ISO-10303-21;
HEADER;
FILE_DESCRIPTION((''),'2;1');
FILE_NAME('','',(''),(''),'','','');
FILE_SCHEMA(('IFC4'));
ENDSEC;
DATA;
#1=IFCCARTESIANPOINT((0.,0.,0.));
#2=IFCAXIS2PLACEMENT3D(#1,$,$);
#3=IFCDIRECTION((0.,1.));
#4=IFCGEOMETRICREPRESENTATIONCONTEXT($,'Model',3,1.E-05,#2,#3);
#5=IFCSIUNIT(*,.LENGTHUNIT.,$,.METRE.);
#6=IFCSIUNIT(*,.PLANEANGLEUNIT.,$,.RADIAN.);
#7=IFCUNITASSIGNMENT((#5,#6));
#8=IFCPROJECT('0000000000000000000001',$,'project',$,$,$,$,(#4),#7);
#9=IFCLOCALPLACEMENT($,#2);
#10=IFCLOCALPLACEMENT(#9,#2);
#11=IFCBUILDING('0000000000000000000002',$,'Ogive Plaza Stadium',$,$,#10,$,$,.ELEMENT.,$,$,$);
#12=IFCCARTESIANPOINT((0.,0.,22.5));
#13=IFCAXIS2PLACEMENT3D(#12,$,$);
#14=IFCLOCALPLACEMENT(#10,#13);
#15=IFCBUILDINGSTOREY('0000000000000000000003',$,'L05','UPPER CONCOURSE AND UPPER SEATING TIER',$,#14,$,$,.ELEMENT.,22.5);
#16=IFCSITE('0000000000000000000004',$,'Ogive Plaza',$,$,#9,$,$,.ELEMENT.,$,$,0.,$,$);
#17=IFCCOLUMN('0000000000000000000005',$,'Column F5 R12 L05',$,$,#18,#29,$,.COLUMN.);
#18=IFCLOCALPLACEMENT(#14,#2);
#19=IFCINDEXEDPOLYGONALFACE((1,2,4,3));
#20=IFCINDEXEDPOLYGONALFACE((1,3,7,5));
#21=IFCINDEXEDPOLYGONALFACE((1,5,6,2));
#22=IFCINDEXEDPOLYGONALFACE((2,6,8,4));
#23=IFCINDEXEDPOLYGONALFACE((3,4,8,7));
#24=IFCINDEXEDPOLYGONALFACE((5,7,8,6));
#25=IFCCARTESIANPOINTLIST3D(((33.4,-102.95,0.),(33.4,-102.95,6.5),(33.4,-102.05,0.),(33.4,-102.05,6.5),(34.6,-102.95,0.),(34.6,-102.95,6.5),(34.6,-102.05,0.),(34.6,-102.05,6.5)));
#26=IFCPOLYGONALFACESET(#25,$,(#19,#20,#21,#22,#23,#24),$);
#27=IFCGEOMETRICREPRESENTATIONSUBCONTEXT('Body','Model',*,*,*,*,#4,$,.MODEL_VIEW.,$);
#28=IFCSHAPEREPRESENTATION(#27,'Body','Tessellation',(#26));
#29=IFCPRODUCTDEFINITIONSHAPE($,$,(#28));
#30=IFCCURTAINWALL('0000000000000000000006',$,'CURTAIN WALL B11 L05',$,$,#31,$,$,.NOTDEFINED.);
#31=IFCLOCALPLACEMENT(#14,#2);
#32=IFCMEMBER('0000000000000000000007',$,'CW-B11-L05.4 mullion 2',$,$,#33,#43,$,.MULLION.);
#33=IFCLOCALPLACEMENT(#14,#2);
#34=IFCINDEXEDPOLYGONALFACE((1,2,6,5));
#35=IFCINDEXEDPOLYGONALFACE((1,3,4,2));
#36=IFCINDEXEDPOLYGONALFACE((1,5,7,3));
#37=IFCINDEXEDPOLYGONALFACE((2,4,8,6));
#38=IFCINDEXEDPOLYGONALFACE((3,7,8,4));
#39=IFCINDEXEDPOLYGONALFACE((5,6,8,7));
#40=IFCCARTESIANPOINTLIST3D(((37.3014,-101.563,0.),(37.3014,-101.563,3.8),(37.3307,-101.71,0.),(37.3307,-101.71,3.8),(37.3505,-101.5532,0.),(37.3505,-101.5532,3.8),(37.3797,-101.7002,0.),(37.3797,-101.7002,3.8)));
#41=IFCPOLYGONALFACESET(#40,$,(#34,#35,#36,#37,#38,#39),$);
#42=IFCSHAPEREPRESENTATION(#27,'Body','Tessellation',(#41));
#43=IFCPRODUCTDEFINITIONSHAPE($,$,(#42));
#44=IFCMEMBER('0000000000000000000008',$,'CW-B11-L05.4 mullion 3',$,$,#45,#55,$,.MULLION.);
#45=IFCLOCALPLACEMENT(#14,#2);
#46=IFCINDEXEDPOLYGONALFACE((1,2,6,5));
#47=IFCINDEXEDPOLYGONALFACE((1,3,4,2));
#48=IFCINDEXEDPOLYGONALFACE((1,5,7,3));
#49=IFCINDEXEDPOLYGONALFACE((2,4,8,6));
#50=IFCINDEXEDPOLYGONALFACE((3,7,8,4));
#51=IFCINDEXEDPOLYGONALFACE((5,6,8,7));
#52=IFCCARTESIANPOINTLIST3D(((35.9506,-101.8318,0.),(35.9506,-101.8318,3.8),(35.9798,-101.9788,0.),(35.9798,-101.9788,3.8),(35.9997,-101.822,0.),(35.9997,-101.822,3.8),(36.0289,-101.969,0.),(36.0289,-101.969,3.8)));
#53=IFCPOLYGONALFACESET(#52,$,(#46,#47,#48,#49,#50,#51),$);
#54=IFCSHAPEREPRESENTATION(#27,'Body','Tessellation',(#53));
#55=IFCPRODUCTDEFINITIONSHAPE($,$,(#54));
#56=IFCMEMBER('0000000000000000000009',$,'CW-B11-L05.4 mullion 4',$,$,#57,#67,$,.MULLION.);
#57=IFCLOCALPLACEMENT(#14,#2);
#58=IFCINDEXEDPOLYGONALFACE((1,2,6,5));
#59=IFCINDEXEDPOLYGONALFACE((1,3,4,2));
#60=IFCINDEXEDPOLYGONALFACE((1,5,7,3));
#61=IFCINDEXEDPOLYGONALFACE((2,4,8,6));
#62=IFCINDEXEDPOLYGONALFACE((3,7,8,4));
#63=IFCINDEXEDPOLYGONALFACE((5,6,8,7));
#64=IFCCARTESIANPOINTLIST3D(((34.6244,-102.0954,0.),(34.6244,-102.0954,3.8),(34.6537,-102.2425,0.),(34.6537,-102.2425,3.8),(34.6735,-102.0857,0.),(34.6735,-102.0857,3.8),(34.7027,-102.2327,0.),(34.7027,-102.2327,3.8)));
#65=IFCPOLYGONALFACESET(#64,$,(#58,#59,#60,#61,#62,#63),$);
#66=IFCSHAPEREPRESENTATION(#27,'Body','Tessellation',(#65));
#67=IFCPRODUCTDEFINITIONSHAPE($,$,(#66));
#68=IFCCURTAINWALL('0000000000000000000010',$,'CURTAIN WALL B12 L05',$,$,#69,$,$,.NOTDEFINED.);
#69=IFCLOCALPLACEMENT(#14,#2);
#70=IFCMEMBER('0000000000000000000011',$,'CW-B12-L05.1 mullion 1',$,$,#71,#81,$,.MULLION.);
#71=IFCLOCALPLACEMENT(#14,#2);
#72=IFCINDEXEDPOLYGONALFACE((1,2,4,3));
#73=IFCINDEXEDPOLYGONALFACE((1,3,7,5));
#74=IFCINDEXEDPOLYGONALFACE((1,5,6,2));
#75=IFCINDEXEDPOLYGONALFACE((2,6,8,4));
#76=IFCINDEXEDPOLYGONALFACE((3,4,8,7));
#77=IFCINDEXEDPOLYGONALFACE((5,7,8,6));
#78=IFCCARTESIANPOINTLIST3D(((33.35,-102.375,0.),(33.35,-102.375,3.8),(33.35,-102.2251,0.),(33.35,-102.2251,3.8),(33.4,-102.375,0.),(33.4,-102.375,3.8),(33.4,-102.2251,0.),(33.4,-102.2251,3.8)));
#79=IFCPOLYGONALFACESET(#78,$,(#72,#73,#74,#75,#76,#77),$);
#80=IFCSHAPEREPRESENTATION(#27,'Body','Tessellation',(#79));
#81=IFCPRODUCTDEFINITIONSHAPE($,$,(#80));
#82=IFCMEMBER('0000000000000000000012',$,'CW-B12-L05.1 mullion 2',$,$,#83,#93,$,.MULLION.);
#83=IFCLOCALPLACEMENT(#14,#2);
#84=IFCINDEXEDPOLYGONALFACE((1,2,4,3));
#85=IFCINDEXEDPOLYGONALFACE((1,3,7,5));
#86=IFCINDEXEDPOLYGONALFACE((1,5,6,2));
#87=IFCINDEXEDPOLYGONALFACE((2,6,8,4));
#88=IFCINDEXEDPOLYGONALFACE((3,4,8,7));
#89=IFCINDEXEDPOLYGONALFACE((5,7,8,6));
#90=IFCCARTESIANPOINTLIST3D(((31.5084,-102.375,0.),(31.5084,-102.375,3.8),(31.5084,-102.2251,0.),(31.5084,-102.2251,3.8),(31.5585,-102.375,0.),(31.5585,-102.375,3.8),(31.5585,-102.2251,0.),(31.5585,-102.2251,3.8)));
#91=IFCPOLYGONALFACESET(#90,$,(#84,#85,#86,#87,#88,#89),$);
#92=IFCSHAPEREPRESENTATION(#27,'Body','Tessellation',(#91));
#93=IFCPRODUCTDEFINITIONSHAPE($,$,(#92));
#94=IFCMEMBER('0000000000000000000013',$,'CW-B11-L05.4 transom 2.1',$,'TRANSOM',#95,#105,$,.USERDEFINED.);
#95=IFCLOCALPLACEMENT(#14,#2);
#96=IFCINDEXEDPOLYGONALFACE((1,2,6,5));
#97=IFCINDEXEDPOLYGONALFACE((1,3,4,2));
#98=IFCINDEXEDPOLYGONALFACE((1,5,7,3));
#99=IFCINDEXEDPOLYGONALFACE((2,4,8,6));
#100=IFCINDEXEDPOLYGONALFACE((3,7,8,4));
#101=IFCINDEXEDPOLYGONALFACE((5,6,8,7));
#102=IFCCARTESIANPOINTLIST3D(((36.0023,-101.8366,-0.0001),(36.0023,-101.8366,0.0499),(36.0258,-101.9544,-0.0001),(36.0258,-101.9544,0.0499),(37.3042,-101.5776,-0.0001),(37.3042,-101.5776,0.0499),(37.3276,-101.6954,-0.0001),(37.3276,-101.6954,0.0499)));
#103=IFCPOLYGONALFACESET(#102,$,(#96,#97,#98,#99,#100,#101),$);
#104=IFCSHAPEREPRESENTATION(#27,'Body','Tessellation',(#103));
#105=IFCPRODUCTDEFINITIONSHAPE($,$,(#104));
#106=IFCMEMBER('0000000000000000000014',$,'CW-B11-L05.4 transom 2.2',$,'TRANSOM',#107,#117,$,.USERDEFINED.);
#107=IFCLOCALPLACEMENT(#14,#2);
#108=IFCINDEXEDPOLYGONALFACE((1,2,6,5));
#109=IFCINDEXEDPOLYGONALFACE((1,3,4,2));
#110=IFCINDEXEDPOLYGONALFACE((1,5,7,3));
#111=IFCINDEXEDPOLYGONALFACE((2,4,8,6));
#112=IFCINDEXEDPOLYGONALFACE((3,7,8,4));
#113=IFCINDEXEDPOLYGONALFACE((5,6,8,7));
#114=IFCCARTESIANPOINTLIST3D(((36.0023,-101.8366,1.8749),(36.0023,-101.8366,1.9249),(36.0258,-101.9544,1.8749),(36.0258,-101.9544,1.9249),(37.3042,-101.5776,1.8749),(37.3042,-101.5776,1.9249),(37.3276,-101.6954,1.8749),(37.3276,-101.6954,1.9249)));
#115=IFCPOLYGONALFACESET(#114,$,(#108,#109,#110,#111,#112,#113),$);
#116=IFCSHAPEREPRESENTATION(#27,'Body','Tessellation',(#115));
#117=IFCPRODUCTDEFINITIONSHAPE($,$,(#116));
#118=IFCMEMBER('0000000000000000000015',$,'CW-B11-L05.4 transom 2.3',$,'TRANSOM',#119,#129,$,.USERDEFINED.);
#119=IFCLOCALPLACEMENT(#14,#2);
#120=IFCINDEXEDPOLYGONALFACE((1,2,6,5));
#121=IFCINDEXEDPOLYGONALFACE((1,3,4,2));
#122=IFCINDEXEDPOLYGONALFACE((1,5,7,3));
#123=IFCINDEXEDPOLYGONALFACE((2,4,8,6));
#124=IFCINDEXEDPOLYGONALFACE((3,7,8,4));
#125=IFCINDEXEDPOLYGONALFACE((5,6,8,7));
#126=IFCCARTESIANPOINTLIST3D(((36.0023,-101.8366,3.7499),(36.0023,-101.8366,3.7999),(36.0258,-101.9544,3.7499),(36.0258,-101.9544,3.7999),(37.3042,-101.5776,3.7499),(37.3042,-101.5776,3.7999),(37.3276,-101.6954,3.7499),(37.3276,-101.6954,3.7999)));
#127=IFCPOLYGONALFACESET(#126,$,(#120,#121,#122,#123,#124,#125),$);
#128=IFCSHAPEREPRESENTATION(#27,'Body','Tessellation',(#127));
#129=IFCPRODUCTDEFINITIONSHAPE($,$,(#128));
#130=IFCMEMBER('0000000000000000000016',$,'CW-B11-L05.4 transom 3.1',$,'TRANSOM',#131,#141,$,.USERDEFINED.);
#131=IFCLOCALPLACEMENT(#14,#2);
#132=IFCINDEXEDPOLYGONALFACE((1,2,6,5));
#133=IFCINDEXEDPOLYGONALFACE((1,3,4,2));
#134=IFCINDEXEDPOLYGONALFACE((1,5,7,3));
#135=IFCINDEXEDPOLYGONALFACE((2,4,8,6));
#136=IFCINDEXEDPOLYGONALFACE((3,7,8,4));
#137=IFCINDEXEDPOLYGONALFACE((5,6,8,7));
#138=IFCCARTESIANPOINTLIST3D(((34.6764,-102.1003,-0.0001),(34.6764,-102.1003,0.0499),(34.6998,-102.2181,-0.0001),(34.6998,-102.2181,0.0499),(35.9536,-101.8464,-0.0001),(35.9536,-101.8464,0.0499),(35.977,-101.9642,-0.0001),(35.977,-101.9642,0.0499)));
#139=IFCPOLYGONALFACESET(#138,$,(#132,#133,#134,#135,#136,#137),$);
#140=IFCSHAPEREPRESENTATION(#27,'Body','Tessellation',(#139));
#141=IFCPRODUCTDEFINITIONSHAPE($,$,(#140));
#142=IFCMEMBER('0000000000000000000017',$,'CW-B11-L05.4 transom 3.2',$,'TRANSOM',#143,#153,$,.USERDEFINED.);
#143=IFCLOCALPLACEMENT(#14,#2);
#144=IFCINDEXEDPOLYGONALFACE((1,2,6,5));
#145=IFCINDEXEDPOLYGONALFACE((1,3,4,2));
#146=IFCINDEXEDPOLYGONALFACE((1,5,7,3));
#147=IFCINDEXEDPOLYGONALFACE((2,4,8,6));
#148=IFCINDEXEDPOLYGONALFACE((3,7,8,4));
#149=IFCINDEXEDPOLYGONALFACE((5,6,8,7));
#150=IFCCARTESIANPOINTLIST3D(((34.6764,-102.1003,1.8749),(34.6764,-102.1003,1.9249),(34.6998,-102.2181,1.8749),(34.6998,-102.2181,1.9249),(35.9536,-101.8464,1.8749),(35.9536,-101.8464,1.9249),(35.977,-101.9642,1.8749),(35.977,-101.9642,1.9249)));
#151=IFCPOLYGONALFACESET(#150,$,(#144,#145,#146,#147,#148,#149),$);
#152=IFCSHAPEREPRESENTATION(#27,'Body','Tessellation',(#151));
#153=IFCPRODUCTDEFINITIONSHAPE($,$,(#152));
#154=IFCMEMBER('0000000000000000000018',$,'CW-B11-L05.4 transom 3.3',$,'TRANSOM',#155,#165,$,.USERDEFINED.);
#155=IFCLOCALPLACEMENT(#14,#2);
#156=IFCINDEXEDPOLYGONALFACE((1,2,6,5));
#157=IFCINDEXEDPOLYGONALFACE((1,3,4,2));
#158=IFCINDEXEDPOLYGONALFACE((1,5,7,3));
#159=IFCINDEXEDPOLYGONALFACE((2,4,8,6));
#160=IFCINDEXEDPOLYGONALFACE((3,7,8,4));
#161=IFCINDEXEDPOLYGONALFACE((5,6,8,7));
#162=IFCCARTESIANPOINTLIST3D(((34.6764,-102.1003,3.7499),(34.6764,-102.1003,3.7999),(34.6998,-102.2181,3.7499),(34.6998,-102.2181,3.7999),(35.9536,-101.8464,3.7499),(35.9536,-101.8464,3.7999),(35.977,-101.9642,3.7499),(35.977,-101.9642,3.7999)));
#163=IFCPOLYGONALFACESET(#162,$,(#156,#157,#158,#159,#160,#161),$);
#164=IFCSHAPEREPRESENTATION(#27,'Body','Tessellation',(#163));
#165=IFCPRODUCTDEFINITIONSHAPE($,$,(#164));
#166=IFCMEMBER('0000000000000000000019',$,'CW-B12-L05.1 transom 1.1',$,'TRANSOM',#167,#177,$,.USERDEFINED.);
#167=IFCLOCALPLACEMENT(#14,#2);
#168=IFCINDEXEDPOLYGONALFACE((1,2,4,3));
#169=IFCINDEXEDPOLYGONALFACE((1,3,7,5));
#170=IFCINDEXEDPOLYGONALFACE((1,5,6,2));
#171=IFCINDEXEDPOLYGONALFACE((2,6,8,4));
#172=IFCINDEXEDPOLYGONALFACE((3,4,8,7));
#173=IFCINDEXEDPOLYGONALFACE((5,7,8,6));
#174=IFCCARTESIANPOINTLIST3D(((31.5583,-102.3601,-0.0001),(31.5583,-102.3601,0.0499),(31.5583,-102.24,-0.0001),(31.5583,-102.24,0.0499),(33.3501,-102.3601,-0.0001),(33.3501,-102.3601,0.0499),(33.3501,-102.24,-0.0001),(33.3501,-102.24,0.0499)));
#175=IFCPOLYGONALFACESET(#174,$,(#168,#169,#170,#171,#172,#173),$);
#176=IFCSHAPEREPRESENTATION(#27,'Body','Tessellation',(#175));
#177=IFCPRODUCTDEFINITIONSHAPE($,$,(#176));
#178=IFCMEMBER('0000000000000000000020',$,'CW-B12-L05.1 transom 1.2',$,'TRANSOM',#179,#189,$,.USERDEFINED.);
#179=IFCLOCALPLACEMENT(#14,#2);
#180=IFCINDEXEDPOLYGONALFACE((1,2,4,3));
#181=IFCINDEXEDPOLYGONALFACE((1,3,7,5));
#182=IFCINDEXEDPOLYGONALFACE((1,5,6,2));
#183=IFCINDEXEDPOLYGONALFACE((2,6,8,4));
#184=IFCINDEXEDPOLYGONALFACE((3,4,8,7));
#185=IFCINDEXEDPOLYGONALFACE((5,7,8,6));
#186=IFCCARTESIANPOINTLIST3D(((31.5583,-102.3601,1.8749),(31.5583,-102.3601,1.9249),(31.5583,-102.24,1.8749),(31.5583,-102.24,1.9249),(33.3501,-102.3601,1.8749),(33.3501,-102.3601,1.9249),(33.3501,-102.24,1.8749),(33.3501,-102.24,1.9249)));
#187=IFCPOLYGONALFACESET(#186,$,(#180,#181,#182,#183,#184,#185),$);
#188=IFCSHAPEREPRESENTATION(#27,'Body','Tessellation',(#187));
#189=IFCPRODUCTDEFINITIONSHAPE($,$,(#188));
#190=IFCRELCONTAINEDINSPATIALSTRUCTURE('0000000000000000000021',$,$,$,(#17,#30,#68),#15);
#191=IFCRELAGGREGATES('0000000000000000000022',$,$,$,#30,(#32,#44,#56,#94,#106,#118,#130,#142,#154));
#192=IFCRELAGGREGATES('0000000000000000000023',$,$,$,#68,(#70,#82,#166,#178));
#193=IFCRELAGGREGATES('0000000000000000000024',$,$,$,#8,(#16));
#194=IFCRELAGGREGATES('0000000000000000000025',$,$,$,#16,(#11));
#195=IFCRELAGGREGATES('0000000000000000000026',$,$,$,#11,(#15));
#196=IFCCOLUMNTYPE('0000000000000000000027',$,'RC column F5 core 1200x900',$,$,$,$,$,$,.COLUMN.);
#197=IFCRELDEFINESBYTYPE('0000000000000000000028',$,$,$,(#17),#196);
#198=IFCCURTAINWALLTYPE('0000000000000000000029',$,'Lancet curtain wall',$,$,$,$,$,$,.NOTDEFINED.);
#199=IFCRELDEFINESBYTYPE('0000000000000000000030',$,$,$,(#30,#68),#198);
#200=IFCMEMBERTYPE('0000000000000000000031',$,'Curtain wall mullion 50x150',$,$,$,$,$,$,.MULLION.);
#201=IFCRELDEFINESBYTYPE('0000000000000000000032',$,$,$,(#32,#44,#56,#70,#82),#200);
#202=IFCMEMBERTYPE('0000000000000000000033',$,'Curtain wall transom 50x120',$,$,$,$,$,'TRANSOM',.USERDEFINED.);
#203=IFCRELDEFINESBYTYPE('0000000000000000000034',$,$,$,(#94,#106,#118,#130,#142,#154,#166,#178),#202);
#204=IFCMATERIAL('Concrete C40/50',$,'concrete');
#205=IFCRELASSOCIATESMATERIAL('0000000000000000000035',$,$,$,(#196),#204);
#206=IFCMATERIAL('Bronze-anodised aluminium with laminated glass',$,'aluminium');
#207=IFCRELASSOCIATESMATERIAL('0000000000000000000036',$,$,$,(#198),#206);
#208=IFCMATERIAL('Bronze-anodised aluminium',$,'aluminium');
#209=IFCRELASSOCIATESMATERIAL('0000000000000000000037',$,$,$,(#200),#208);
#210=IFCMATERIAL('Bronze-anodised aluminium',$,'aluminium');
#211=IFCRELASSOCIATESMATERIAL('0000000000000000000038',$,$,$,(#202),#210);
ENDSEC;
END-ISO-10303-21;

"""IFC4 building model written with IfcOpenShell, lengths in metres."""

from ifc_helpers import new_model, si_unit, direction, frame, origin, origin_2d, place, context, subcontext, project, spatial, rectangle, extrude, material, material_profile, profile_set, type_object, element, aggregate, save


model = new_model("IFC4")

# Units and contexts
model_context = context("Model", 3, precision=1e-05, world=origin(), true_north=direction((0.0, 1.0)))
body_context = subcontext(model_context, "Body", "Model", "MODEL_VIEW")
ifc_project = project(units=[si_unit("LENGTHUNIT", "METRE"), si_unit("PLANEANGLEUNIT", "RADIAN")], contexts=[model_context])

# Site, building, storey
site_placement = place(None, origin())
site = spatial("IfcSite", under=ifc_project, at=site_placement, Name="Ogive Plaza", CompositionType="ELEMENT", RefElevation=0.0)
building_placement = place(site_placement, origin())
building = spatial("IfcBuilding", under=site, at=building_placement, Name="Ogive Plaza Stadium", CompositionType="ELEMENT")
storey_placement = place(building_placement, frame((0.0, 0.0, 22.5)))
storey = spatial("IfcBuildingStorey", under=building, at=storey_placement, Name="L05", Description="UPPER CONCOURSE AND UPPER SEATING TIER", CompositionType="ELEMENT", Elevation=22.5)

# Column
ifc_material_1 = material(Name="Concrete C40/50", Category="concrete")
ifc_material_profile_1 = material_profile(ifc_material_1, rectangle(XDim=1.2, YDim=0.8999, at=origin_2d()), Name="RC 1200x900")
ifc_profile_set_1 = profile_set([ifc_material_profile_1], Name="Concrete C40/50")
column_type = type_object("IfcColumnType", Name="RC column F5 core 1200x900", PredefinedType="COLUMN", material=ifc_profile_set_1)
column_placement = place(storey_placement, frame((34.0, -102.5, 0.0), z_axis=(0.0, 0.0, 1.0), x_axis=(1.0, 0.0, 0.0)))
element("IfcColumn", 1, at=column_placement, inside=storey, type_object=column_type, Name="Column F5 R12 L05", PredefinedType="COLUMN", context=body_context, shape_type="SweptSolid", body=[
    extrude(rectangle(XDim=1.2, YDim=0.8999, at=origin_2d()), origin(), (0.0, 0.0, 1.0), 6.5),
])

# Curtain walls, members
ifc_material_2 = material(Name="Bronze-anodised aluminium with laminated glass", Category="aluminium")
curtain_wall_type = type_object("IfcCurtainWallType", Name="Lancet curtain wall", PredefinedType="NOTDEFINED", material=ifc_material_2)
curtain_wall_1_placement = place(storey_placement, origin())
curtain_wall_1 = element("IfcCurtainWall", 2, at=curtain_wall_1_placement, inside=storey, type_object=curtain_wall_type, Name="CURTAIN WALL B11 L05", PredefinedType="NOTDEFINED")
ifc_material_3 = material(Name="Bronze-anodised aluminium", Category="aluminium")
ifc_material_profile_2 = material_profile(ifc_material_3, rectangle(XDim=0.1499, YDim=0.05, at=origin_2d()), Name="AL 150x50")
ifc_profile_set_2 = profile_set([ifc_material_profile_2], Name="Bronze-anodised aluminium")
member_type_1 = type_object("IfcMemberType", Name="Curtain wall mullion 50x150", PredefinedType="MULLION", material=ifc_profile_set_2)
member_1_placement = place(storey_placement, frame((37.3406, -101.6316, 0.0), z_axis=(0.0, 0.0, 1.0), x_axis=(0.19509, -0.980785, 0.0)))
member_1 = element("IfcMember", 3, at=member_1_placement, type_object=member_type_1, Name="CW-B11-L05.4 mullion 2", PredefinedType="MULLION", context=body_context, shape_type="SweptSolid", body=[
    extrude(rectangle(XDim=0.1499, YDim=0.05, at=origin_2d()), origin(), (0.0, 0.0, 1.0), 3.8),
])
member_2_placement = place(storey_placement, frame((35.9897, -101.9004, 0.0), z_axis=(0.0, 0.0, 1.0), x_axis=(0.19509, -0.980785, 0.0)))
member_2 = element("IfcMember", 4, at=member_2_placement, type_object=member_type_1, Name="CW-B11-L05.4 mullion 3", PredefinedType="MULLION", context=body_context, shape_type="SweptSolid", body=[
    extrude(rectangle(XDim=0.1499, YDim=0.05, at=origin_2d()), origin(), (0.0, 0.0, 1.0), 3.8),
])
member_3_placement = place(storey_placement, frame((34.6636, -102.1641, 0.0), z_axis=(0.0, 0.0, 1.0), x_axis=(0.19509, -0.980785, 0.0)))
member_3 = element("IfcMember", 5, at=member_3_placement, type_object=member_type_1, Name="CW-B11-L05.4 mullion 4", PredefinedType="MULLION", context=body_context, shape_type="SweptSolid", body=[
    extrude(rectangle(XDim=0.1499, YDim=0.05, at=origin_2d()), origin(), (0.0, 0.0, 1.0), 3.8),
])
curtain_wall_2_placement = place(storey_placement, origin())
curtain_wall_2 = element("IfcCurtainWall", 6, at=curtain_wall_2_placement, inside=storey, type_object=curtain_wall_type, Name="CURTAIN WALL B12 L05", PredefinedType="NOTDEFINED")
member_4_placement = place(storey_placement, frame((33.375, -102.3, 0.0), z_axis=(0.0, 0.0, 1.0), x_axis=(0.0, -1.0, 0.0)))
member_4 = element("IfcMember", 7, at=member_4_placement, type_object=member_type_1, Name="CW-B12-L05.1 mullion 1", PredefinedType="MULLION", context=body_context, shape_type="SweptSolid", body=[
    extrude(rectangle(XDim=0.1499, YDim=0.05, at=origin_2d()), origin(), (0.0, 0.0, 1.0), 3.8),
])
member_5_placement = place(storey_placement, frame((31.5334, -102.3, 0.0), z_axis=(0.0, 0.0, 1.0), x_axis=(0.0, -1.0, 0.0)))
member_5 = element("IfcMember", 8, at=member_5_placement, type_object=member_type_1, Name="CW-B12-L05.1 mullion 2", PredefinedType="MULLION", context=body_context, shape_type="SweptSolid", body=[
    extrude(rectangle(XDim=0.1499, YDim=0.05, at=origin_2d()), origin(), (0.0, 0.0, 1.0), 3.8),
])

# Members
ifc_material_4 = material(Name="Bronze-anodised aluminium", Category="aluminium")
ifc_material_profile_3 = material_profile(ifc_material_4, rectangle(XDim=0.1201, YDim=0.05, at=origin_2d()), Name="AL 120x50")
ifc_profile_set_3 = profile_set([ifc_material_profile_3], Name="Bronze-anodised aluminium")
member_type_2 = type_object("IfcMemberType", Name="Curtain wall transom 50x120", ElementType="TRANSOM", PredefinedType="USERDEFINED", material=ifc_profile_set_3)
member_6_placement = place(storey_placement, frame((37.3159, -101.6365, 0.0249), z_axis=(-0.980771, -0.195161, 0.0), x_axis=(0.195161, -0.980771, 0.0)))
member_6 = element("IfcMember", 9, at=member_6_placement, type_object=member_type_2, Name="CW-B11-L05.4 transom 2.1", ObjectType="TRANSOM", PredefinedType="USERDEFINED", context=body_context, shape_type="SweptSolid", body=[
    extrude(rectangle(XDim=0.1201, YDim=0.05, at=origin_2d()), origin(), (0.0, 0.0, 1.0), 1.3274),
])
member_7_placement = place(storey_placement, frame((37.3159, -101.6365, 1.8999), z_axis=(-0.980771, -0.195161, 0.0), x_axis=(0.195161, -0.980771, 0.0)))
member_7 = element("IfcMember", 10, at=member_7_placement, type_object=member_type_2, Name="CW-B11-L05.4 transom 2.2", ObjectType="TRANSOM", PredefinedType="USERDEFINED", context=body_context, shape_type="SweptSolid", body=[
    extrude(rectangle(XDim=0.1201, YDim=0.05, at=origin_2d()), origin(), (0.0, 0.0, 1.0), 1.3274),
])
member_8_placement = place(storey_placement, frame((37.3159, -101.6365, 3.7749), z_axis=(-0.980771, -0.195161, 0.0), x_axis=(0.195161, -0.980771, 0.0)))
member_8 = element("IfcMember", 11, at=member_8_placement, type_object=member_type_2, Name="CW-B11-L05.4 transom 2.3", ObjectType="TRANSOM", PredefinedType="USERDEFINED", context=body_context, shape_type="SweptSolid", body=[
    extrude(rectangle(XDim=0.1201, YDim=0.05, at=origin_2d()), origin(), (0.0, 0.0, 1.0), 1.3274),
])
member_9_placement = place(storey_placement, frame((35.9653, -101.9053, 0.0249), z_axis=(-0.980811, -0.194962, 0.0), x_axis=(0.194962, -0.980811, 0.0)))
member_9 = element("IfcMember", 12, at=member_9_placement, type_object=member_type_2, Name="CW-B11-L05.4 transom 3.1", ObjectType="TRANSOM", PredefinedType="USERDEFINED", context=body_context, shape_type="SweptSolid", body=[
    extrude(rectangle(XDim=0.1201, YDim=0.05, at=origin_2d()), origin(), (0.0, 0.0, 1.0), 1.3022),
])
member_10_placement = place(storey_placement, frame((35.9653, -101.9053, 1.8999), z_axis=(-0.980811, -0.194962, 0.0), x_axis=(0.194962, -0.980811, 0.0)))
member_10 = element("IfcMember", 13, at=member_10_placement, type_object=member_type_2, Name="CW-B11-L05.4 transom 3.2", ObjectType="TRANSOM", PredefinedType="USERDEFINED", context=body_context, shape_type="SweptSolid", body=[
    extrude(rectangle(XDim=0.1201, YDim=0.05, at=origin_2d()), origin(), (0.0, 0.0, 1.0), 1.3022),
])
member_11_placement = place(storey_placement, frame((35.9653, -101.9053, 3.7749), z_axis=(-0.980811, -0.194962, 0.0), x_axis=(0.194962, -0.980811, 0.0)))
member_11 = element("IfcMember", 14, at=member_11_placement, type_object=member_type_2, Name="CW-B11-L05.4 transom 3.3", ObjectType="TRANSOM", PredefinedType="USERDEFINED", context=body_context, shape_type="SweptSolid", body=[
    extrude(rectangle(XDim=0.1201, YDim=0.05, at=origin_2d()), origin(), (0.0, 0.0, 1.0), 1.3022),
])
member_12_placement = place(storey_placement, frame((33.3501, -102.3, 0.0249), z_axis=(-1.0, 0.0, 0.0), x_axis=(0.0, -1.0, 0.0)))
member_12 = element("IfcMember", 15, at=member_12_placement, type_object=member_type_2, Name="CW-B12-L05.1 transom 1.1", ObjectType="TRANSOM", PredefinedType="USERDEFINED", context=body_context, shape_type="SweptSolid", body=[
    extrude(rectangle(XDim=0.1201, YDim=0.05, at=origin_2d()), origin(), (0.0, 0.0, 1.0), 1.7917),
])
member_13_placement = place(storey_placement, frame((33.3501, -102.3, 1.8999), z_axis=(-1.0, 0.0, 0.0), x_axis=(0.0, -1.0, 0.0)))
member_13 = element("IfcMember", 16, at=member_13_placement, type_object=member_type_2, Name="CW-B12-L05.1 transom 1.2", ObjectType="TRANSOM", PredefinedType="USERDEFINED", context=body_context, shape_type="SweptSolid", body=[
    extrude(rectangle(XDim=0.1201, YDim=0.05, at=origin_2d()), origin(), (0.0, 0.0, 1.0), 1.7917),
])

aggregate(curtain_wall_1, [member_1, member_2, member_3, member_6, member_7, member_8, member_9, member_10, member_11])
aggregate(curtain_wall_2, [member_4, member_5, member_12, member_13])

save(model, "model.ifc")
